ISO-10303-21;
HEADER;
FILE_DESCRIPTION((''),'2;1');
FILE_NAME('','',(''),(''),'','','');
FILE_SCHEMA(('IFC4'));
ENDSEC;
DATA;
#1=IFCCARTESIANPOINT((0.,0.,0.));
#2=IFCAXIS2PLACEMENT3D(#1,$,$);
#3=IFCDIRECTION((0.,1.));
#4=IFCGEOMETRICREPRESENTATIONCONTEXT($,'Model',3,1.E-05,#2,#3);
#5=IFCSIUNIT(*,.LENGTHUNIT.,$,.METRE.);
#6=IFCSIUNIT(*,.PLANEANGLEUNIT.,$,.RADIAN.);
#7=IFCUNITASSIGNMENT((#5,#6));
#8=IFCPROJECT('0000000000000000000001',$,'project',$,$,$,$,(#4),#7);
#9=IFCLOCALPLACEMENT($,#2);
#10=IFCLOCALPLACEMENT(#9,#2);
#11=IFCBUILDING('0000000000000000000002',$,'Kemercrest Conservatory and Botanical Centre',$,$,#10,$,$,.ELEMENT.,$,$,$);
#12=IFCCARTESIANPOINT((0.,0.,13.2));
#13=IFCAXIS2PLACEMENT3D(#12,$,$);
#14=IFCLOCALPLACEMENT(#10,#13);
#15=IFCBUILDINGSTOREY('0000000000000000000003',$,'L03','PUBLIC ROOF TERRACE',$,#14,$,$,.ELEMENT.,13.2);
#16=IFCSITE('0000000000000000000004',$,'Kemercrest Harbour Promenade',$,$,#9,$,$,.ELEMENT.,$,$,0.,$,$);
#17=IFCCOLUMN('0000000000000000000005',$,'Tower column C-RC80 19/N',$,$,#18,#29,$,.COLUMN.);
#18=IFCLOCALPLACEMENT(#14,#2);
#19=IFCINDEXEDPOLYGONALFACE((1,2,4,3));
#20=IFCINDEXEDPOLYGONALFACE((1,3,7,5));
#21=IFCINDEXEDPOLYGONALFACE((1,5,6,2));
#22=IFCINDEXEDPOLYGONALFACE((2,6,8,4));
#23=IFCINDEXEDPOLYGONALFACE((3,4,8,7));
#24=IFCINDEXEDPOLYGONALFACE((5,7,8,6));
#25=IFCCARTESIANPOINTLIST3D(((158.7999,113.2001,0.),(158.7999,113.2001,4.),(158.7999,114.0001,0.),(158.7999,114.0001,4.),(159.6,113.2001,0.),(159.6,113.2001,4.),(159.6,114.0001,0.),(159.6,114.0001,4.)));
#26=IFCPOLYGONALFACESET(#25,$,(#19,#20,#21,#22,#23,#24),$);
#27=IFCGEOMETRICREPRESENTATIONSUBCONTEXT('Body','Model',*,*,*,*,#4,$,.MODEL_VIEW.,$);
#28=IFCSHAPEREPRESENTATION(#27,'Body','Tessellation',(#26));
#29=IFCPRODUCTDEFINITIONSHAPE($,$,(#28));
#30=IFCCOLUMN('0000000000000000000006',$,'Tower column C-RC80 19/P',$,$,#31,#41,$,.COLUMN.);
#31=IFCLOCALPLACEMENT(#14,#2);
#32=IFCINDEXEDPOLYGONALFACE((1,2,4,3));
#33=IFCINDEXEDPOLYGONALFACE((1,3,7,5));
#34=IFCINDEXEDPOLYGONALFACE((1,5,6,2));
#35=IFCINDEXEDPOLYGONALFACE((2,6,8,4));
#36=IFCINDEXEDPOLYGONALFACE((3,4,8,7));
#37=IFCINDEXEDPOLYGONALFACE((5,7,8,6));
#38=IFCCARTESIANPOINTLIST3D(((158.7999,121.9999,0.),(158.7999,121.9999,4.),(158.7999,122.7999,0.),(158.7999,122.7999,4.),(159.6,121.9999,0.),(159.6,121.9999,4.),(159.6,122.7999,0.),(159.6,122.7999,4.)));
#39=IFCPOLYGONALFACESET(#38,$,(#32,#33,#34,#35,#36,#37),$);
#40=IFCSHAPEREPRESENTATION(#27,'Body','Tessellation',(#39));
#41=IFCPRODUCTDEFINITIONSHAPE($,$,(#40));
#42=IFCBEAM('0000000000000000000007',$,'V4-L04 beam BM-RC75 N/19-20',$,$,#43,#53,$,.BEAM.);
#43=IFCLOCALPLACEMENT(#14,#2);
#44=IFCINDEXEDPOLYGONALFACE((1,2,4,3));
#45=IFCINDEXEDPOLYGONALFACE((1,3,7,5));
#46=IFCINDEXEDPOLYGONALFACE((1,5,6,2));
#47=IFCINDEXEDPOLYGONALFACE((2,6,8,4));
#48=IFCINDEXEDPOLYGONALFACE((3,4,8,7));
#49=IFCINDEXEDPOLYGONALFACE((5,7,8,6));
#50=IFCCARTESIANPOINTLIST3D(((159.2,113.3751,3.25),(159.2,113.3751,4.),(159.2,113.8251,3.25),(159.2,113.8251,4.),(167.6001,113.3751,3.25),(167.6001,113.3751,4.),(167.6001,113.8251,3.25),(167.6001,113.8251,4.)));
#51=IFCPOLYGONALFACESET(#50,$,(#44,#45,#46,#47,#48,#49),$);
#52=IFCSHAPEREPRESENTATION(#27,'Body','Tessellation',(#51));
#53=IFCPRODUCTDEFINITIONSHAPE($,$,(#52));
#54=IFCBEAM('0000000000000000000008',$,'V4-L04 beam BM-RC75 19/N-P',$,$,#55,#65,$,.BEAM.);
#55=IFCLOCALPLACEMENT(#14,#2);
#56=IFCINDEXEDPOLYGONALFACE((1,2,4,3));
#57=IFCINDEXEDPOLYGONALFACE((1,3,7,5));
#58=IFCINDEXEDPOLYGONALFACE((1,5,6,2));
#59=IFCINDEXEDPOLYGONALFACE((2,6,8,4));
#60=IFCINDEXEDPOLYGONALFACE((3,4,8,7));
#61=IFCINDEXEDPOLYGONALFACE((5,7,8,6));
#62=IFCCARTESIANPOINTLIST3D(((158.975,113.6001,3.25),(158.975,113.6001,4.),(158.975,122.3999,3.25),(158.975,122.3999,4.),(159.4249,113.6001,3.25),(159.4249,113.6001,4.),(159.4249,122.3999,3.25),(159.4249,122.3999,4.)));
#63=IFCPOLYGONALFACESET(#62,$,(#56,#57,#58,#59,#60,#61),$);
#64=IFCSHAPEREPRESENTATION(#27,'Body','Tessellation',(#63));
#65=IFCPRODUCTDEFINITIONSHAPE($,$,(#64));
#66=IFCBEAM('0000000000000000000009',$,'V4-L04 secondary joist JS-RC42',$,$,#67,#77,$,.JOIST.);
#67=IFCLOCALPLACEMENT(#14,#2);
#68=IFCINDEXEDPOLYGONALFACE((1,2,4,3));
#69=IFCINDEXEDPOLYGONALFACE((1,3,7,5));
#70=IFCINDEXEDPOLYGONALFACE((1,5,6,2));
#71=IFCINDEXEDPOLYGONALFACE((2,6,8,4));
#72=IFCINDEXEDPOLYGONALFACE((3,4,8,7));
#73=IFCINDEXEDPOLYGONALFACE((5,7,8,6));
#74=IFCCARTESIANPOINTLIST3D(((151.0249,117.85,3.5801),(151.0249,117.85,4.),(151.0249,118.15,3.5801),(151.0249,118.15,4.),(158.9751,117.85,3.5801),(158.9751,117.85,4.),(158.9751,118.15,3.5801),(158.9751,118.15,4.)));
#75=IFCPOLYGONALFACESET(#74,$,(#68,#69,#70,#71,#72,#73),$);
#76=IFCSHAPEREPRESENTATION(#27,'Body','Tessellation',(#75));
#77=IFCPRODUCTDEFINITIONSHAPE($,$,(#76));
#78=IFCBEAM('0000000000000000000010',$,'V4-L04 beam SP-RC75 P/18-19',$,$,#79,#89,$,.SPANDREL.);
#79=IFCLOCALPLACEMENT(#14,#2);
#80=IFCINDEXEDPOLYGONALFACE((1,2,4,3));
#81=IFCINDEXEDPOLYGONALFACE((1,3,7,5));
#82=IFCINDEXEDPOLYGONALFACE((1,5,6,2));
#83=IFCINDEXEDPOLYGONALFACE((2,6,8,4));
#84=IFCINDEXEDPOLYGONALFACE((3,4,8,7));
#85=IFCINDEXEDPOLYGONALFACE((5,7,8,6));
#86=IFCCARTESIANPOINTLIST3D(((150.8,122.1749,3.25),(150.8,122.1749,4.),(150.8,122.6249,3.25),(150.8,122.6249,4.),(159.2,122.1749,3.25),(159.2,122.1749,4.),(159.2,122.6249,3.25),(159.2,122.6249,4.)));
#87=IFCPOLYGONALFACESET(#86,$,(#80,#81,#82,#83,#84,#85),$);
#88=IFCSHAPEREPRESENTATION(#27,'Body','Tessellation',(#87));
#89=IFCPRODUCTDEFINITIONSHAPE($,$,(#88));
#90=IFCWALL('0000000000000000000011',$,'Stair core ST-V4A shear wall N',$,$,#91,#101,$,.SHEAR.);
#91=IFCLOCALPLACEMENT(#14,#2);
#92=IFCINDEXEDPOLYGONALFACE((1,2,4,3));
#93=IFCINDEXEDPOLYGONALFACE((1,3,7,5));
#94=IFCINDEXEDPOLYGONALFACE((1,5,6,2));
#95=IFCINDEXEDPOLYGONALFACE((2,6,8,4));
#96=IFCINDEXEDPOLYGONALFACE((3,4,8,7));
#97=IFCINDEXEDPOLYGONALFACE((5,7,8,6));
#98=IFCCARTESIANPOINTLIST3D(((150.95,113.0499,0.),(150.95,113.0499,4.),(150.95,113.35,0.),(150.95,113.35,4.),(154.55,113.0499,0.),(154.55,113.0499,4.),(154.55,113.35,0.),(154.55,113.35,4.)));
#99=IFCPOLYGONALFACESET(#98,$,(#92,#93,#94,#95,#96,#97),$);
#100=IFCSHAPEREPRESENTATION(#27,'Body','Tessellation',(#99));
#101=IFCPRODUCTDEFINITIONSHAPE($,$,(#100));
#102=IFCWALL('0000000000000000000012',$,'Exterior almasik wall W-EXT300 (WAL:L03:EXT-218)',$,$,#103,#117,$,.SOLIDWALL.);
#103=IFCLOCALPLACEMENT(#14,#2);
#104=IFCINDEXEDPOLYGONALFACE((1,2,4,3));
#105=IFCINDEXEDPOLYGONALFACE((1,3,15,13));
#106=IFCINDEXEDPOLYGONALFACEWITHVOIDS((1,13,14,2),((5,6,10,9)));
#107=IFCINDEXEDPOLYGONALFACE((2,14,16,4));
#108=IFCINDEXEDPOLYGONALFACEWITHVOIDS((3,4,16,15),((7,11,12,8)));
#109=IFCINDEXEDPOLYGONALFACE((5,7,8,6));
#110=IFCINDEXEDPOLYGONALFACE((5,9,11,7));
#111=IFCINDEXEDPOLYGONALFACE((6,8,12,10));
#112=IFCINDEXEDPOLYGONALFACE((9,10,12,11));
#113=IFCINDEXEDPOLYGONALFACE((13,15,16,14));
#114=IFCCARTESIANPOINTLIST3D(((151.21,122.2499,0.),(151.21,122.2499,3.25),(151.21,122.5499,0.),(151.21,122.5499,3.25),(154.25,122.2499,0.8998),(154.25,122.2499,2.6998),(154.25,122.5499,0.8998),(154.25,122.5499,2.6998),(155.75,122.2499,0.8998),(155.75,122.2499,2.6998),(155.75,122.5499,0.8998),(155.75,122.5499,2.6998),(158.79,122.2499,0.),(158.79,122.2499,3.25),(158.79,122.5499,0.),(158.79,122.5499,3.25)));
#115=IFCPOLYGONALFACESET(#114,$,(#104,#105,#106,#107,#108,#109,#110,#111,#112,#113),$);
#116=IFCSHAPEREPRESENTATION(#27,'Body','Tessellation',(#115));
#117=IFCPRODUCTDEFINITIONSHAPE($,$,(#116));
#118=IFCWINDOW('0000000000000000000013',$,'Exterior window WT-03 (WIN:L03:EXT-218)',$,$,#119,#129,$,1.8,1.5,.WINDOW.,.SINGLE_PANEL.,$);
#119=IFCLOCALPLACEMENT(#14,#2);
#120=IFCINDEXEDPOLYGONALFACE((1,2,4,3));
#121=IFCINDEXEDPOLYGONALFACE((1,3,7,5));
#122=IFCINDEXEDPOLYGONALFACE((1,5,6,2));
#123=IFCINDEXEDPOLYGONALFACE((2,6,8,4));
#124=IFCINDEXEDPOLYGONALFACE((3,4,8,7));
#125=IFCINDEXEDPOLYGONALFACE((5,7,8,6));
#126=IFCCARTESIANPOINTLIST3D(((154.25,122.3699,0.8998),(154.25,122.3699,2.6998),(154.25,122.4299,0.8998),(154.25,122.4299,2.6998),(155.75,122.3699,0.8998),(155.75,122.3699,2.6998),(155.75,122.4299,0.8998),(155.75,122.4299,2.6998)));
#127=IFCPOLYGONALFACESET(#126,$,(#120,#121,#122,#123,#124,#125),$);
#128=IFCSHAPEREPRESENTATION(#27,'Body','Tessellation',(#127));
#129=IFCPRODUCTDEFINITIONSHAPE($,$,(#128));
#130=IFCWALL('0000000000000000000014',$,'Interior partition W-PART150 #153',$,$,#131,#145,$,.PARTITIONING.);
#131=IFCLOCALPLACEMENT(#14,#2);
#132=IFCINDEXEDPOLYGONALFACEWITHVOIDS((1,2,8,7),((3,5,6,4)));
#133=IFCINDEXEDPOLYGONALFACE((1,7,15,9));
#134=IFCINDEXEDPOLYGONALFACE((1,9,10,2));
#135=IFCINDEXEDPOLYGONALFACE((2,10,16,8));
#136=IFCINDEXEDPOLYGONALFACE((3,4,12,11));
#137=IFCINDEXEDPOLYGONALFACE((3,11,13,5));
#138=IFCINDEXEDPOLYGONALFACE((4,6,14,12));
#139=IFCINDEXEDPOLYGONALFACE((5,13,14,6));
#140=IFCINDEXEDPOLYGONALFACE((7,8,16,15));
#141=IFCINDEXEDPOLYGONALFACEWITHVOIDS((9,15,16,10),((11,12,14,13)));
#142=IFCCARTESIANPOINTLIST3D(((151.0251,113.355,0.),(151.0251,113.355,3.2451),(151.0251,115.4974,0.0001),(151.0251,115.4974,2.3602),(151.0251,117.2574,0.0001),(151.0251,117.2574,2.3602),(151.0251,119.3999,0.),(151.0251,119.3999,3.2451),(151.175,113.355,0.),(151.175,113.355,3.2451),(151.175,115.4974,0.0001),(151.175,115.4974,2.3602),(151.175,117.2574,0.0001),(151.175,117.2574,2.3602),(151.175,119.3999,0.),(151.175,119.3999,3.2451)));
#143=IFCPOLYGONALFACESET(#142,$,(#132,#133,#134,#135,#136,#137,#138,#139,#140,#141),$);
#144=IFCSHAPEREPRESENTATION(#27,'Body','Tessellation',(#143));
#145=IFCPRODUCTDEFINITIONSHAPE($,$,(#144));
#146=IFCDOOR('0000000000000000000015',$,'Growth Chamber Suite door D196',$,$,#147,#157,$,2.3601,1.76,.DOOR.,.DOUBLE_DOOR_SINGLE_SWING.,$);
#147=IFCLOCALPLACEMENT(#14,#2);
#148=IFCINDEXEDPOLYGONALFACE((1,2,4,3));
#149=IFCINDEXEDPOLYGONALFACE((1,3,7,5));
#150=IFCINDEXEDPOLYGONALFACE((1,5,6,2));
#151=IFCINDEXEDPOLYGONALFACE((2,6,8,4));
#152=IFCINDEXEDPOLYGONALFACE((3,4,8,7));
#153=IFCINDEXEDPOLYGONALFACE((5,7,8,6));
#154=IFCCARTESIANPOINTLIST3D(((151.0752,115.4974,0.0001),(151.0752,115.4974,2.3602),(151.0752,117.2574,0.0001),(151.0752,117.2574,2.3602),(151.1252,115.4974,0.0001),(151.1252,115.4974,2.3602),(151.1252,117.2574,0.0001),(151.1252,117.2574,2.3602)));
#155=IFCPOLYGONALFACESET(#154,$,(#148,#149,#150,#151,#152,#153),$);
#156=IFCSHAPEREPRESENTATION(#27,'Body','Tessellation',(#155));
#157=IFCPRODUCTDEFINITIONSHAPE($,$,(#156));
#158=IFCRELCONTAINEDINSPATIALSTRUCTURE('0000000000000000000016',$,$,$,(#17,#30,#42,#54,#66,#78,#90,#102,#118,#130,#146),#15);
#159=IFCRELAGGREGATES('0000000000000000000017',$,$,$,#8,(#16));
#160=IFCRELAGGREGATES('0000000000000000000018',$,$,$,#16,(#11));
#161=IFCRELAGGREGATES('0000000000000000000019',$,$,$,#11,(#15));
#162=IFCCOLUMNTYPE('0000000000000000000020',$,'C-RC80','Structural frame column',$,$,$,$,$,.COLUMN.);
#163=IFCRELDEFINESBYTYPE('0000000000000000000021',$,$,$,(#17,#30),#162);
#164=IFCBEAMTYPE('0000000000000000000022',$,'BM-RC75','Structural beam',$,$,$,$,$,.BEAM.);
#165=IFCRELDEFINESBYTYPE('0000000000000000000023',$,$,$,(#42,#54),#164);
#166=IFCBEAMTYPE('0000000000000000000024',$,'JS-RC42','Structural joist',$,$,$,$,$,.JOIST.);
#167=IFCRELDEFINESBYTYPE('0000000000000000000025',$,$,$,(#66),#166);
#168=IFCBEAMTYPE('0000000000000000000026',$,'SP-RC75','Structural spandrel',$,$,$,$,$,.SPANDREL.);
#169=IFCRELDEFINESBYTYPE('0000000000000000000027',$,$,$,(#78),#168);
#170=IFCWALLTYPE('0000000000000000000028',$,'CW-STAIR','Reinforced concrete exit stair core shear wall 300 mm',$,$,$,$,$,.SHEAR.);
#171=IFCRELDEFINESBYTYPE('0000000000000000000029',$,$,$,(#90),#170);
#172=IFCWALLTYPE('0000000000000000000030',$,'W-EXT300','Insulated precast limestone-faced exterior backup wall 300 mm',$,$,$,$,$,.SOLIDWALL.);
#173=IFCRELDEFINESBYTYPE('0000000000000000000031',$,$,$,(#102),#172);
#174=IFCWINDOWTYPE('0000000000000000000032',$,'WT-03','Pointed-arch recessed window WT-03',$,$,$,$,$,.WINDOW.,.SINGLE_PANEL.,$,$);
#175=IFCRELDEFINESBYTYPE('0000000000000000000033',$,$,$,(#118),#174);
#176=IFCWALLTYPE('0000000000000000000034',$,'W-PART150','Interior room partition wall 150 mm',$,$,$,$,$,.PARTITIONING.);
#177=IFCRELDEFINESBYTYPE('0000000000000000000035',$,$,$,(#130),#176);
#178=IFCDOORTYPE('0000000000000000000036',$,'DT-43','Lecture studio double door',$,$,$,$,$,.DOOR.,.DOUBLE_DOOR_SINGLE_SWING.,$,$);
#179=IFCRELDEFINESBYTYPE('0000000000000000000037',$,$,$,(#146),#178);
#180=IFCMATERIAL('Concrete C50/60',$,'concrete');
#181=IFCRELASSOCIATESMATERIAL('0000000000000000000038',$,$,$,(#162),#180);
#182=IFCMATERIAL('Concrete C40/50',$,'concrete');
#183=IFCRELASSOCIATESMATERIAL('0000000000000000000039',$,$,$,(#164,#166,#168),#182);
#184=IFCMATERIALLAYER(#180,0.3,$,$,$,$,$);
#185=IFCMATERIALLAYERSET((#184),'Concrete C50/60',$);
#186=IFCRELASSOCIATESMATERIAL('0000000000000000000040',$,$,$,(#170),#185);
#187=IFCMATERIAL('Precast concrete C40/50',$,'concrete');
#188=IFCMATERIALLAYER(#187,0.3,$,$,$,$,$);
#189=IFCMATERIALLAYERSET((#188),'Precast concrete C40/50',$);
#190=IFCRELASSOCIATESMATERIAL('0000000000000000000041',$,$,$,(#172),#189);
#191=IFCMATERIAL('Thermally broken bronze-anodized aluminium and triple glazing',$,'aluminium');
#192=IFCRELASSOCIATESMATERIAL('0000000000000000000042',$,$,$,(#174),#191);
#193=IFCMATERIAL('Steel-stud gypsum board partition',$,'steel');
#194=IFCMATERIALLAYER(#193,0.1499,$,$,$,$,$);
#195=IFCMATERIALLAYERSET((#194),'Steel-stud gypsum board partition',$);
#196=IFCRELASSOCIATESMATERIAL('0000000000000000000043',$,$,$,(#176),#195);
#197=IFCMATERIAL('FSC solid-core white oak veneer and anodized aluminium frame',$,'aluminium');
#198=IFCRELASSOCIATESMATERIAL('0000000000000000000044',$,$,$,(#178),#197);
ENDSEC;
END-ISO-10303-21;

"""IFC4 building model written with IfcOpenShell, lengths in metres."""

from ifc_helpers import new_model, si_unit, direction, frame, frame_2d, origin, origin_2d, place, context, subcontext, project, spatial, rectangle, extrude, material, layer, layer_set, material_profile, profile_set, type_object, element, fill, save


model = new_model("IFC4")

# Units and contexts
model_context = context("Model", 3, precision=1e-05, world=origin(), true_north=direction((0.0, 1.0)))
body_context = subcontext(model_context, "Body", "Model", "MODEL_VIEW")
ifc_project = project(units=[si_unit("LENGTHUNIT", "METRE"), si_unit("PLANEANGLEUNIT", "RADIAN")], contexts=[model_context])

# Site, building, storey
site_placement = place(None, origin())
site = spatial("IfcSite", under=ifc_project, at=site_placement, Name="Kemercrest Harbour Promenade", CompositionType="ELEMENT", RefElevation=0.0)
building_placement = place(site_placement, origin())
building = spatial("IfcBuilding", under=site, at=building_placement, Name="Kemercrest Conservatory and Botanical Centre", CompositionType="ELEMENT")
storey_placement = place(building_placement, frame((0.0, 0.0, 13.2)))
storey = spatial("IfcBuildingStorey", under=building, at=storey_placement, Name="L03", Description="PUBLIC ROOF TERRACE", CompositionType="ELEMENT", Elevation=13.2)

# Columns
ifc_material_1 = material(Name="Concrete C50/60", Category="concrete")
ifc_material_profile_1 = material_profile(ifc_material_1, rectangle(XDim=0.8, YDim=0.8, at=origin_2d()), Name="RC 800x800")
ifc_profile_set_1 = profile_set([ifc_material_profile_1], Name="Concrete C50/60")
column_type = type_object("IfcColumnType", Name="C-RC80", Description="Structural frame column", PredefinedType="COLUMN", material=ifc_profile_set_1)
for number, where, z_axis, x_axis, name in (
    (1, (159.2, 113.6001, 0.0), (0.0, 0.0, 1.0), (1.0, 0.0, 0.0), "Tower column C-RC80 19/N"),
    (2, (159.2, 122.3999, 0.0), (0.0, 0.0, 1.0), (1.0, 0.0, 0.0), "Tower column C-RC80 19/P"),
):
    element("IfcColumn", number, at=place(storey_placement, frame(where, z_axis=z_axis, x_axis=x_axis)), inside=storey, type_object=column_type, Name=name, PredefinedType="COLUMN", context=body_context, shape_type="SweptSolid", body=[
        extrude(rectangle(XDim=0.8, YDim=0.8, at=origin_2d()), origin(), (0.0, 0.0, 1.0), 4.0),
    ])

# Beams
ifc_material_2 = material(Name="Concrete C40/50", Category="concrete")
ifc_material_profile_2 = material_profile(ifc_material_2, rectangle(XDim=0.45, YDim=0.75, at=origin_2d()), Name="RC 450x750")
ifc_profile_set_2 = profile_set([ifc_material_profile_2], Name="Concrete C40/50")
beam_type_1 = type_object("IfcBeamType", Name="BM-RC75", Description="Structural beam", PredefinedType="BEAM", material=ifc_profile_set_2)
beam_1_placement = place(storey_placement, frame((159.2, 113.6001, 3.625), z_axis=(1.0, 0.0, 0.0), x_axis=(0.0, 1.0, 0.0)))
element("IfcBeam", 3, at=beam_1_placement, inside=storey, type_object=beam_type_1, Name="V4-L04 beam BM-RC75 N/19-20", PredefinedType="BEAM", context=body_context, shape_type="SweptSolid", body=[
    extrude(rectangle(XDim=0.45, YDim=0.75, at=origin_2d()), origin(), (0.0, 0.0, 1.0), 8.4001),
])
beam_2_placement = place(storey_placement, frame((159.2, 113.6001, 3.625), z_axis=(0.0, 1.0, 0.0), x_axis=(-1.0, 0.0, 0.0)))
element("IfcBeam", 4, at=beam_2_placement, inside=storey, type_object=beam_type_1, Name="V4-L04 beam BM-RC75 19/N-P", PredefinedType="BEAM", context=body_context, shape_type="SweptSolid", body=[
    extrude(rectangle(XDim=0.45, YDim=0.75, at=origin_2d()), origin(), (0.0, 0.0, 1.0), 8.7998),
])
ifc_material_profile_3 = material_profile(ifc_material_2, rectangle(XDim=0.3, YDim=0.4199, at=origin_2d()), Name="RC 300x420")
ifc_profile_set_3 = profile_set([ifc_material_profile_3], Name="Concrete C40/50")
beam_type_2 = type_object("IfcBeamType", Name="JS-RC42", Description="Structural joist", PredefinedType="JOIST", material=ifc_profile_set_3)
beam_3_placement = place(storey_placement, frame((151.0249, 118.0, 3.79), z_axis=(1.0, 0.0, 0.0), x_axis=(0.0, 1.0, 0.0)))
element("IfcBeam", 5, at=beam_3_placement, inside=storey, type_object=beam_type_2, Name="V4-L04 secondary joist JS-RC42", PredefinedType="JOIST", context=body_context, shape_type="SweptSolid", body=[
    extrude(rectangle(XDim=0.3, YDim=0.4199, at=origin_2d()), origin(), (0.0, 0.0, 1.0), 7.9502),
])
ifc_material_profile_4 = material_profile(ifc_material_2, rectangle(XDim=0.45, YDim=0.75, at=origin_2d()), Name="RC 450x750")
ifc_profile_set_4 = profile_set([ifc_material_profile_4], Name="Concrete C40/50")
beam_type_3 = type_object("IfcBeamType", Name="SP-RC75", Description="Structural spandrel", PredefinedType="SPANDREL", material=ifc_profile_set_4)
beam_4_placement = place(storey_placement, frame((150.8, 122.3999, 3.625), z_axis=(1.0, 0.0, 0.0), x_axis=(0.0, 1.0, 0.0)))
element("IfcBeam", 6, at=beam_4_placement, inside=storey, type_object=beam_type_3, Name="V4-L04 beam SP-RC75 P/18-19", PredefinedType="SPANDREL", context=body_context, shape_type="SweptSolid", body=[
    extrude(rectangle(XDim=0.45, YDim=0.75, at=origin_2d()), origin(), (0.0, 0.0, 1.0), 8.3999),
])

# Wall
ifc_layer_1 = layer(ifc_material_1, 0.3)
ifc_layer_set_1 = layer_set([ifc_layer_1], Name="Concrete C50/60")
wall_type_1 = type_object("IfcWallType", Name="CW-STAIR", Description="Reinforced concrete exit stair core shear wall 300 mm", PredefinedType="SHEAR", material=ifc_layer_set_1)
wall_1_placement = place(storey_placement, frame((150.95, 113.2, 0.0), z_axis=(0.0, 0.0, 1.0), x_axis=(1.0, 0.0, 0.0)))
element("IfcWall", 7, at=wall_1_placement, inside=storey, type_object=wall_type_1, Name="Stair core ST-V4A shear wall N", PredefinedType="SHEAR", context=body_context, shape_type="SweptSolid", body=[
    extrude(rectangle(XDim=3.6001, YDim=0.3, at=frame_2d((1.8, 0.0))), origin(), (0.0, 0.0, 1.0), 4.0),
])

# Wall, opening, window
ifc_material_3 = material(Name="Precast concrete C40/50", Category="concrete")
ifc_layer_2 = layer(ifc_material_3, 0.3)
ifc_layer_set_2 = layer_set([ifc_layer_2], Name="Precast concrete C40/50")
wall_type_2 = type_object("IfcWallType", Name="W-EXT300", Description="Insulated precast limestone-faced exterior backup wall 300 mm", PredefinedType="SOLIDWALL", material=ifc_layer_set_2)
wall_2_placement = place(storey_placement, frame((158.79, 122.3999, 0.0), z_axis=(0.0, 0.0, 1.0), x_axis=(-1.0, 0.0, 0.0)))
wall_2 = element("IfcWall", 8, at=wall_2_placement, inside=storey, type_object=wall_type_2, Name="Exterior almasik wall W-EXT300 (WAL:L03:EXT-218)", PredefinedType="SOLIDWALL", context=body_context, shape_type="SweptSolid", body=[
    extrude(rectangle(XDim=7.5801, YDim=0.3, at=frame_2d((3.79, 0.0))), origin(), (0.0, 0.0, 1.0), 3.25),
])
opening_1_placement = place(wall_2_placement, frame((3.04, 0.0, 0.8999)))
opening_1 = element("IfcOpeningElement", 9, at=opening_1_placement, cuts=wall_2, PredefinedType="OPENING", context=body_context, shape_type="SweptSolid", body=[
    extrude(rectangle(XDim=1.5, YDim=1.8, at=frame_2d((0.75, 0.8999))), frame((0.0, 0.1602, 0.0), z_axis=(0.0, -1.0, 0.0), x_axis=(1.0, 0.0, 0.0)), (0.0, 0.0, 1.0), 0.3201),
])
ifc_material_4 = material(Name="Thermally broken bronze-anodized aluminium and triple glazing", Category="aluminium")
window_type = type_object("IfcWindowType", Name="WT-03", Description="Pointed-arch recessed window WT-03", PartitioningType="SINGLE_PANEL", PredefinedType="WINDOW", material=ifc_material_4)
window_placement = place(opening_1_placement, origin())
window = element("IfcWindow", 10, at=window_placement, inside=storey, type_object=window_type, Name="Exterior window WT-03 (WIN:L03:EXT-218)", OverallHeight=1.8, OverallWidth=1.5, PartitioningType="SINGLE_PANEL", PredefinedType="WINDOW", context=body_context, shape_type="SweptSolid", body=[
    extrude(rectangle(XDim=1.5, YDim=1.8, at=frame_2d((0.75, 0.8999))), frame((0.0, 0.03, 0.0), z_axis=(0.0, -1.0, 0.0), x_axis=(1.0, 0.0, 0.0)), (0.0, 0.0, 1.0), 0.0601),
])
fill(opening_1, window)

# Wall, opening, door
ifc_material_5 = material(Name="Steel-stud gypsum board partition", Category="steel")
ifc_layer_3 = layer(ifc_material_5, 0.1499)
ifc_layer_set_3 = layer_set([ifc_layer_3], Name="Steel-stud gypsum board partition")
wall_type_3 = type_object("IfcWallType", Name="W-PART150", Description="Interior room partition wall 150 mm", PredefinedType="PARTITIONING", material=ifc_layer_set_3)
wall_3_placement = place(storey_placement, frame((151.1001, 113.355, 0.0), z_axis=(0.0, 0.0, 1.0), x_axis=(0.0, 1.0, 0.0)))
wall_3 = element("IfcWall", 11, at=wall_3_placement, inside=storey, type_object=wall_type_3, Name="Interior partition W-PART150 #153", PredefinedType="PARTITIONING", context=body_context, shape_type="SweptSolid", body=[
    extrude(rectangle(XDim=6.0449, YDim=0.1499, at=frame_2d((3.0225, 0.0))), origin(), (0.0, 0.0, 1.0), 3.2451),
])
opening_2_placement = place(wall_3_placement, frame((2.1426, 0.0, 0.0)))
opening_2 = element("IfcOpeningElement", 12, at=opening_2_placement, cuts=wall_3, PredefinedType="OPENING", context=body_context, shape_type="SweptSolid", body=[
    extrude(rectangle(XDim=1.76, YDim=2.3601, at=frame_2d((0.8799, 1.1802))), frame((0.0, 0.085, 0.0), z_axis=(0.0, -1.0, 0.0), x_axis=(1.0, 0.0, 0.0)), (0.0, 0.0, 1.0), 0.1699),
])
ifc_material_6 = material(Name="FSC solid-core white oak veneer and anodized aluminium frame", Category="aluminium")
door_type_1 = type_object("IfcDoorType", Name="DT-43", Description="Lecture studio double door", OperationType="DOUBLE_DOOR_SINGLE_SWING", PredefinedType="DOOR", material=ifc_material_6)
door_1_placement = place(opening_2_placement, origin())
door_1 = element("IfcDoor", 13, at=door_1_placement, inside=storey, type_object=door_type_1, Name="Growth Chamber Suite door D196", OperationType="DOUBLE_DOOR_SINGLE_SWING", OverallHeight=2.3601, OverallWidth=1.76, PredefinedType="DOOR", context=body_context, shape_type="SweptSolid", body=[
    extrude(rectangle(XDim=1.76, YDim=2.3601, at=frame_2d((0.8799, 1.1802))), frame((0.0, 0.0249, 0.0), z_axis=(0.0, -1.0, 0.0), x_axis=(1.0, 0.0, 0.0)), (0.0, 0.0, 1.0), 0.05),
])
fill(opening_2, door_1)

save(model, "model.ifc")
